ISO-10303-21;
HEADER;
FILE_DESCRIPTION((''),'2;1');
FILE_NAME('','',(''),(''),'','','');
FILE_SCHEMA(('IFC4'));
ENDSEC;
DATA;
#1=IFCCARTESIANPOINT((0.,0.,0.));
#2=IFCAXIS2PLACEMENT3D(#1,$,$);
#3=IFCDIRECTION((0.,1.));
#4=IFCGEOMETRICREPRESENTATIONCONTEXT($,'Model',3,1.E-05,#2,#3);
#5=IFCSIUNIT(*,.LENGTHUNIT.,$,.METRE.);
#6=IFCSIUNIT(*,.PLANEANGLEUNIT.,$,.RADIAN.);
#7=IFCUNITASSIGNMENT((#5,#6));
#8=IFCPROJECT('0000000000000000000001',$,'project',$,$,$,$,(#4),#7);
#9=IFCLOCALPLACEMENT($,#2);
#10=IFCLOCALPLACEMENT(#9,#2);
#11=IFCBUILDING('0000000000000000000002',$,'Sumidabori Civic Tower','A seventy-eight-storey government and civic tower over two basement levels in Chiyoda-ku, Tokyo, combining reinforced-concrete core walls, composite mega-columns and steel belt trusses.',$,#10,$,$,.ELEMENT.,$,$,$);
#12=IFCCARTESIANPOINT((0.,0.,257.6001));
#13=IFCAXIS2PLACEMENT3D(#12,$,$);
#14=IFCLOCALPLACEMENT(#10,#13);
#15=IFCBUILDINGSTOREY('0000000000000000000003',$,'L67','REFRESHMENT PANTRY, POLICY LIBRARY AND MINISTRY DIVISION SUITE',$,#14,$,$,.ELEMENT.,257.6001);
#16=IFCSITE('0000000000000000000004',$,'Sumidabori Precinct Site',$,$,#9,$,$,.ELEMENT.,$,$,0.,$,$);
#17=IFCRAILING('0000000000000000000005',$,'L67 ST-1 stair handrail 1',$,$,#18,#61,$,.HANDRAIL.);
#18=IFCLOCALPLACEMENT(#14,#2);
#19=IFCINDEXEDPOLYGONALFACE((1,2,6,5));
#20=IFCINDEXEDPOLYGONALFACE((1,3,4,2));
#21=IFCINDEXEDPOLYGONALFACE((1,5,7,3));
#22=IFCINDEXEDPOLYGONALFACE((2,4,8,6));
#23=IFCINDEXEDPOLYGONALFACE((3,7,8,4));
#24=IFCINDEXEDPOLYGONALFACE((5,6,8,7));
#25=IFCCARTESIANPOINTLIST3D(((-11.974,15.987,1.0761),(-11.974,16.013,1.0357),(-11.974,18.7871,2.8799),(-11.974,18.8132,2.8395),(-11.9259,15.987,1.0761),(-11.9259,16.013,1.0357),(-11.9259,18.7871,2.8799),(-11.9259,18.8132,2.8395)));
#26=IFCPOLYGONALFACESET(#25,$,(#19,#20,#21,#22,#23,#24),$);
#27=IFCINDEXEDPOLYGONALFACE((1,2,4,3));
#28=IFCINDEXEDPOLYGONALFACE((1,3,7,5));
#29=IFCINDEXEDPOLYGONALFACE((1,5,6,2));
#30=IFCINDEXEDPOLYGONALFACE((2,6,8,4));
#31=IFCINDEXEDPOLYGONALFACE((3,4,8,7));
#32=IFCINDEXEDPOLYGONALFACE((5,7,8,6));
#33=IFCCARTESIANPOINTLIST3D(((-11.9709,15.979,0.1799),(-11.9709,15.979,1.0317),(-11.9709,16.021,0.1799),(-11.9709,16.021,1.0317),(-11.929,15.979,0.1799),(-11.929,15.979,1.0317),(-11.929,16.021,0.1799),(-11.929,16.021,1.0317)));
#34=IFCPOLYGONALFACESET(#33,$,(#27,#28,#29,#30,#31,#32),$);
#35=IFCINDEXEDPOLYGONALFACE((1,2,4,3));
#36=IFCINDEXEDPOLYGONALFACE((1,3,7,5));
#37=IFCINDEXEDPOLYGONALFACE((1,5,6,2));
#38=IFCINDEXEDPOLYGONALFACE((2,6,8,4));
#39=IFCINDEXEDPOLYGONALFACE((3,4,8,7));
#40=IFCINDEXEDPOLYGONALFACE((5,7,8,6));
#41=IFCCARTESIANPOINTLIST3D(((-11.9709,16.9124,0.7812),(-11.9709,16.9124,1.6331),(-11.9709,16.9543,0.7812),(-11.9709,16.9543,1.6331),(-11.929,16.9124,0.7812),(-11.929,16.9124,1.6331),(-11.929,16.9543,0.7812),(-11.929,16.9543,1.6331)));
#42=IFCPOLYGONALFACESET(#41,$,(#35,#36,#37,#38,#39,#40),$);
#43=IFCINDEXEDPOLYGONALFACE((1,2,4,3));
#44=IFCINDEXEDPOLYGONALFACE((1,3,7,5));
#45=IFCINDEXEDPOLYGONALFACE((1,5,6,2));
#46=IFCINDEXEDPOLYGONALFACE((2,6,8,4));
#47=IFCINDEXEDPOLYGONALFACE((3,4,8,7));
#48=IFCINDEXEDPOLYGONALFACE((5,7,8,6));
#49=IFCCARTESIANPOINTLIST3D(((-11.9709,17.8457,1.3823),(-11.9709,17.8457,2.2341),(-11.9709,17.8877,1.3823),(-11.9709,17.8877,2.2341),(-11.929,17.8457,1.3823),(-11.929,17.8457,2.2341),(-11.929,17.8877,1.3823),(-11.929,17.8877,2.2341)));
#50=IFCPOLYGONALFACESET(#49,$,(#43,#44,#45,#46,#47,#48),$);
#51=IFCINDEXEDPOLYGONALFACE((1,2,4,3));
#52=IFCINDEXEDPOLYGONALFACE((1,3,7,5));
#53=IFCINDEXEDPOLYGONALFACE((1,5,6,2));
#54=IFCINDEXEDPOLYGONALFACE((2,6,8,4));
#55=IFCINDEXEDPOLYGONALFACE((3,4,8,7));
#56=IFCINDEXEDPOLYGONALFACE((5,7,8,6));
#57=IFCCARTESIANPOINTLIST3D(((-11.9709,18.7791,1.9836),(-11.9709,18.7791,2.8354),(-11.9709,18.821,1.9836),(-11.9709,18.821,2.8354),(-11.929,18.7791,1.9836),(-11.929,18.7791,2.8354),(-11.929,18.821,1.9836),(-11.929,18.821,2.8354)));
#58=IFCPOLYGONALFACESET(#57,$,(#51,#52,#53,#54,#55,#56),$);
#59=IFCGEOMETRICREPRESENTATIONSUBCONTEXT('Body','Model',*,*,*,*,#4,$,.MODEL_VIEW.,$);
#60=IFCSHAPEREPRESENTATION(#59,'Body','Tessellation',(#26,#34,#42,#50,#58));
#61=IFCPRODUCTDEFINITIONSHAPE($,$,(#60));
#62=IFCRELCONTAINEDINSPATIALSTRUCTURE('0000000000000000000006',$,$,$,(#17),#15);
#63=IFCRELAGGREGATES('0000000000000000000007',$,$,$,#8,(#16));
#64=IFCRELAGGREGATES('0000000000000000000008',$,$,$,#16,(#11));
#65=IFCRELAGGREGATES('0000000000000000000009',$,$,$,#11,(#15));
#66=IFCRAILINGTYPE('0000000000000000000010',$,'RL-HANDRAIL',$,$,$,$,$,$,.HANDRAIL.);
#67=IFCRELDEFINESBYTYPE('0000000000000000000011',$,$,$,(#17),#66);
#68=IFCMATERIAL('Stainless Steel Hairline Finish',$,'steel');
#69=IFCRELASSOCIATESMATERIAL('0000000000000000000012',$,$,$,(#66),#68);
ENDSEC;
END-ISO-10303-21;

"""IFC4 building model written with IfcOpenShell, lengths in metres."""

from ifc_helpers import new_model, si_unit, direction, frame, origin, origin_2d, place, context, subcontext, project, spatial, rectangle, extrude, material, type_object, element, save


model = new_model("IFC4")

# Units and contexts
model_context = context("Model", 3, precision=1e-05, world=origin(), true_north=direction((0.0, 1.0)))
body_context = subcontext(model_context, "Body", "Model", "MODEL_VIEW")
ifc_project = project(units=[si_unit("LENGTHUNIT", "METRE"), si_unit("PLANEANGLEUNIT", "RADIAN")], contexts=[model_context])

# Site, building, storey
site_placement = place(None, origin())
site = spatial("IfcSite", under=ifc_project, at=site_placement, Name="Sumidabori Precinct Site", CompositionType="ELEMENT", RefElevation=0.0)
building_placement = place(site_placement, origin())
building = spatial("IfcBuilding", under=site, at=building_placement, Name="Sumidabori Civic Tower", Description="A seventy-eight-storey government and civic tower over two basement levels in Chiyoda-ku, Tokyo, combining reinforced-concrete core walls, composite mega-columns and steel belt trusses.", CompositionType="ELEMENT")
storey_placement = place(building_placement, frame((0.0, 0.0, 257.6001)))
storey = spatial("IfcBuildingStorey", under=building, at=storey_placement, Name="L67", Description="REFRESHMENT PANTRY, POLICY LIBRARY AND MINISTRY DIVISION SUITE", CompositionType="ELEMENT", Elevation=257.6001)

# Shared definitions
ifc_material_1 = material(Name="Stainless Steel Hairline Finish", Category="steel")

# Railing
railing_type = type_object("IfcRailingType", Name="RL-HANDRAIL", PredefinedType="HANDRAIL", material=ifc_material_1)
railing_placement = place(storey_placement, frame((-11.95, 16.0, 0.1799)))
element("IfcRailing", 1, at=railing_placement, inside=storey, type_object=railing_type, Name="L67 ST-1 stair handrail 1", PredefinedType="HANDRAIL", context=body_context, shape_type="SweptSolid", body=[
    extrude(rectangle(XDim=0.0481, YDim=0.0481, at=origin_2d()), frame((0.0, 0.0, 0.876), z_axis=(0.0, 0.840676, 0.541539), x_axis=(-1.0, 0.0, 0.0)), (0.0, 0.0, 1.0), 3.3308),
    extrude(rectangle(XDim=0.042, YDim=0.042, at=origin_2d()), origin(), (0.0, 0.0, 1.0), 0.8518),
    extrude(rectangle(XDim=0.042, YDim=0.042, at=origin_2d()), frame((0.0, 0.9333, 0.6013)), (0.0, 0.0, 1.0), 0.8518),
    extrude(rectangle(XDim=0.042, YDim=0.042, at=origin_2d()), frame((0.0, 1.8667, 1.2024)), (0.0, 0.0, 1.0), 0.8518),
    extrude(rectangle(XDim=0.042, YDim=0.042, at=origin_2d()), frame((0.0, 2.8, 1.8037)), (0.0, 0.0, 1.0), 0.8518),
])

save(model, "model.ifc")
